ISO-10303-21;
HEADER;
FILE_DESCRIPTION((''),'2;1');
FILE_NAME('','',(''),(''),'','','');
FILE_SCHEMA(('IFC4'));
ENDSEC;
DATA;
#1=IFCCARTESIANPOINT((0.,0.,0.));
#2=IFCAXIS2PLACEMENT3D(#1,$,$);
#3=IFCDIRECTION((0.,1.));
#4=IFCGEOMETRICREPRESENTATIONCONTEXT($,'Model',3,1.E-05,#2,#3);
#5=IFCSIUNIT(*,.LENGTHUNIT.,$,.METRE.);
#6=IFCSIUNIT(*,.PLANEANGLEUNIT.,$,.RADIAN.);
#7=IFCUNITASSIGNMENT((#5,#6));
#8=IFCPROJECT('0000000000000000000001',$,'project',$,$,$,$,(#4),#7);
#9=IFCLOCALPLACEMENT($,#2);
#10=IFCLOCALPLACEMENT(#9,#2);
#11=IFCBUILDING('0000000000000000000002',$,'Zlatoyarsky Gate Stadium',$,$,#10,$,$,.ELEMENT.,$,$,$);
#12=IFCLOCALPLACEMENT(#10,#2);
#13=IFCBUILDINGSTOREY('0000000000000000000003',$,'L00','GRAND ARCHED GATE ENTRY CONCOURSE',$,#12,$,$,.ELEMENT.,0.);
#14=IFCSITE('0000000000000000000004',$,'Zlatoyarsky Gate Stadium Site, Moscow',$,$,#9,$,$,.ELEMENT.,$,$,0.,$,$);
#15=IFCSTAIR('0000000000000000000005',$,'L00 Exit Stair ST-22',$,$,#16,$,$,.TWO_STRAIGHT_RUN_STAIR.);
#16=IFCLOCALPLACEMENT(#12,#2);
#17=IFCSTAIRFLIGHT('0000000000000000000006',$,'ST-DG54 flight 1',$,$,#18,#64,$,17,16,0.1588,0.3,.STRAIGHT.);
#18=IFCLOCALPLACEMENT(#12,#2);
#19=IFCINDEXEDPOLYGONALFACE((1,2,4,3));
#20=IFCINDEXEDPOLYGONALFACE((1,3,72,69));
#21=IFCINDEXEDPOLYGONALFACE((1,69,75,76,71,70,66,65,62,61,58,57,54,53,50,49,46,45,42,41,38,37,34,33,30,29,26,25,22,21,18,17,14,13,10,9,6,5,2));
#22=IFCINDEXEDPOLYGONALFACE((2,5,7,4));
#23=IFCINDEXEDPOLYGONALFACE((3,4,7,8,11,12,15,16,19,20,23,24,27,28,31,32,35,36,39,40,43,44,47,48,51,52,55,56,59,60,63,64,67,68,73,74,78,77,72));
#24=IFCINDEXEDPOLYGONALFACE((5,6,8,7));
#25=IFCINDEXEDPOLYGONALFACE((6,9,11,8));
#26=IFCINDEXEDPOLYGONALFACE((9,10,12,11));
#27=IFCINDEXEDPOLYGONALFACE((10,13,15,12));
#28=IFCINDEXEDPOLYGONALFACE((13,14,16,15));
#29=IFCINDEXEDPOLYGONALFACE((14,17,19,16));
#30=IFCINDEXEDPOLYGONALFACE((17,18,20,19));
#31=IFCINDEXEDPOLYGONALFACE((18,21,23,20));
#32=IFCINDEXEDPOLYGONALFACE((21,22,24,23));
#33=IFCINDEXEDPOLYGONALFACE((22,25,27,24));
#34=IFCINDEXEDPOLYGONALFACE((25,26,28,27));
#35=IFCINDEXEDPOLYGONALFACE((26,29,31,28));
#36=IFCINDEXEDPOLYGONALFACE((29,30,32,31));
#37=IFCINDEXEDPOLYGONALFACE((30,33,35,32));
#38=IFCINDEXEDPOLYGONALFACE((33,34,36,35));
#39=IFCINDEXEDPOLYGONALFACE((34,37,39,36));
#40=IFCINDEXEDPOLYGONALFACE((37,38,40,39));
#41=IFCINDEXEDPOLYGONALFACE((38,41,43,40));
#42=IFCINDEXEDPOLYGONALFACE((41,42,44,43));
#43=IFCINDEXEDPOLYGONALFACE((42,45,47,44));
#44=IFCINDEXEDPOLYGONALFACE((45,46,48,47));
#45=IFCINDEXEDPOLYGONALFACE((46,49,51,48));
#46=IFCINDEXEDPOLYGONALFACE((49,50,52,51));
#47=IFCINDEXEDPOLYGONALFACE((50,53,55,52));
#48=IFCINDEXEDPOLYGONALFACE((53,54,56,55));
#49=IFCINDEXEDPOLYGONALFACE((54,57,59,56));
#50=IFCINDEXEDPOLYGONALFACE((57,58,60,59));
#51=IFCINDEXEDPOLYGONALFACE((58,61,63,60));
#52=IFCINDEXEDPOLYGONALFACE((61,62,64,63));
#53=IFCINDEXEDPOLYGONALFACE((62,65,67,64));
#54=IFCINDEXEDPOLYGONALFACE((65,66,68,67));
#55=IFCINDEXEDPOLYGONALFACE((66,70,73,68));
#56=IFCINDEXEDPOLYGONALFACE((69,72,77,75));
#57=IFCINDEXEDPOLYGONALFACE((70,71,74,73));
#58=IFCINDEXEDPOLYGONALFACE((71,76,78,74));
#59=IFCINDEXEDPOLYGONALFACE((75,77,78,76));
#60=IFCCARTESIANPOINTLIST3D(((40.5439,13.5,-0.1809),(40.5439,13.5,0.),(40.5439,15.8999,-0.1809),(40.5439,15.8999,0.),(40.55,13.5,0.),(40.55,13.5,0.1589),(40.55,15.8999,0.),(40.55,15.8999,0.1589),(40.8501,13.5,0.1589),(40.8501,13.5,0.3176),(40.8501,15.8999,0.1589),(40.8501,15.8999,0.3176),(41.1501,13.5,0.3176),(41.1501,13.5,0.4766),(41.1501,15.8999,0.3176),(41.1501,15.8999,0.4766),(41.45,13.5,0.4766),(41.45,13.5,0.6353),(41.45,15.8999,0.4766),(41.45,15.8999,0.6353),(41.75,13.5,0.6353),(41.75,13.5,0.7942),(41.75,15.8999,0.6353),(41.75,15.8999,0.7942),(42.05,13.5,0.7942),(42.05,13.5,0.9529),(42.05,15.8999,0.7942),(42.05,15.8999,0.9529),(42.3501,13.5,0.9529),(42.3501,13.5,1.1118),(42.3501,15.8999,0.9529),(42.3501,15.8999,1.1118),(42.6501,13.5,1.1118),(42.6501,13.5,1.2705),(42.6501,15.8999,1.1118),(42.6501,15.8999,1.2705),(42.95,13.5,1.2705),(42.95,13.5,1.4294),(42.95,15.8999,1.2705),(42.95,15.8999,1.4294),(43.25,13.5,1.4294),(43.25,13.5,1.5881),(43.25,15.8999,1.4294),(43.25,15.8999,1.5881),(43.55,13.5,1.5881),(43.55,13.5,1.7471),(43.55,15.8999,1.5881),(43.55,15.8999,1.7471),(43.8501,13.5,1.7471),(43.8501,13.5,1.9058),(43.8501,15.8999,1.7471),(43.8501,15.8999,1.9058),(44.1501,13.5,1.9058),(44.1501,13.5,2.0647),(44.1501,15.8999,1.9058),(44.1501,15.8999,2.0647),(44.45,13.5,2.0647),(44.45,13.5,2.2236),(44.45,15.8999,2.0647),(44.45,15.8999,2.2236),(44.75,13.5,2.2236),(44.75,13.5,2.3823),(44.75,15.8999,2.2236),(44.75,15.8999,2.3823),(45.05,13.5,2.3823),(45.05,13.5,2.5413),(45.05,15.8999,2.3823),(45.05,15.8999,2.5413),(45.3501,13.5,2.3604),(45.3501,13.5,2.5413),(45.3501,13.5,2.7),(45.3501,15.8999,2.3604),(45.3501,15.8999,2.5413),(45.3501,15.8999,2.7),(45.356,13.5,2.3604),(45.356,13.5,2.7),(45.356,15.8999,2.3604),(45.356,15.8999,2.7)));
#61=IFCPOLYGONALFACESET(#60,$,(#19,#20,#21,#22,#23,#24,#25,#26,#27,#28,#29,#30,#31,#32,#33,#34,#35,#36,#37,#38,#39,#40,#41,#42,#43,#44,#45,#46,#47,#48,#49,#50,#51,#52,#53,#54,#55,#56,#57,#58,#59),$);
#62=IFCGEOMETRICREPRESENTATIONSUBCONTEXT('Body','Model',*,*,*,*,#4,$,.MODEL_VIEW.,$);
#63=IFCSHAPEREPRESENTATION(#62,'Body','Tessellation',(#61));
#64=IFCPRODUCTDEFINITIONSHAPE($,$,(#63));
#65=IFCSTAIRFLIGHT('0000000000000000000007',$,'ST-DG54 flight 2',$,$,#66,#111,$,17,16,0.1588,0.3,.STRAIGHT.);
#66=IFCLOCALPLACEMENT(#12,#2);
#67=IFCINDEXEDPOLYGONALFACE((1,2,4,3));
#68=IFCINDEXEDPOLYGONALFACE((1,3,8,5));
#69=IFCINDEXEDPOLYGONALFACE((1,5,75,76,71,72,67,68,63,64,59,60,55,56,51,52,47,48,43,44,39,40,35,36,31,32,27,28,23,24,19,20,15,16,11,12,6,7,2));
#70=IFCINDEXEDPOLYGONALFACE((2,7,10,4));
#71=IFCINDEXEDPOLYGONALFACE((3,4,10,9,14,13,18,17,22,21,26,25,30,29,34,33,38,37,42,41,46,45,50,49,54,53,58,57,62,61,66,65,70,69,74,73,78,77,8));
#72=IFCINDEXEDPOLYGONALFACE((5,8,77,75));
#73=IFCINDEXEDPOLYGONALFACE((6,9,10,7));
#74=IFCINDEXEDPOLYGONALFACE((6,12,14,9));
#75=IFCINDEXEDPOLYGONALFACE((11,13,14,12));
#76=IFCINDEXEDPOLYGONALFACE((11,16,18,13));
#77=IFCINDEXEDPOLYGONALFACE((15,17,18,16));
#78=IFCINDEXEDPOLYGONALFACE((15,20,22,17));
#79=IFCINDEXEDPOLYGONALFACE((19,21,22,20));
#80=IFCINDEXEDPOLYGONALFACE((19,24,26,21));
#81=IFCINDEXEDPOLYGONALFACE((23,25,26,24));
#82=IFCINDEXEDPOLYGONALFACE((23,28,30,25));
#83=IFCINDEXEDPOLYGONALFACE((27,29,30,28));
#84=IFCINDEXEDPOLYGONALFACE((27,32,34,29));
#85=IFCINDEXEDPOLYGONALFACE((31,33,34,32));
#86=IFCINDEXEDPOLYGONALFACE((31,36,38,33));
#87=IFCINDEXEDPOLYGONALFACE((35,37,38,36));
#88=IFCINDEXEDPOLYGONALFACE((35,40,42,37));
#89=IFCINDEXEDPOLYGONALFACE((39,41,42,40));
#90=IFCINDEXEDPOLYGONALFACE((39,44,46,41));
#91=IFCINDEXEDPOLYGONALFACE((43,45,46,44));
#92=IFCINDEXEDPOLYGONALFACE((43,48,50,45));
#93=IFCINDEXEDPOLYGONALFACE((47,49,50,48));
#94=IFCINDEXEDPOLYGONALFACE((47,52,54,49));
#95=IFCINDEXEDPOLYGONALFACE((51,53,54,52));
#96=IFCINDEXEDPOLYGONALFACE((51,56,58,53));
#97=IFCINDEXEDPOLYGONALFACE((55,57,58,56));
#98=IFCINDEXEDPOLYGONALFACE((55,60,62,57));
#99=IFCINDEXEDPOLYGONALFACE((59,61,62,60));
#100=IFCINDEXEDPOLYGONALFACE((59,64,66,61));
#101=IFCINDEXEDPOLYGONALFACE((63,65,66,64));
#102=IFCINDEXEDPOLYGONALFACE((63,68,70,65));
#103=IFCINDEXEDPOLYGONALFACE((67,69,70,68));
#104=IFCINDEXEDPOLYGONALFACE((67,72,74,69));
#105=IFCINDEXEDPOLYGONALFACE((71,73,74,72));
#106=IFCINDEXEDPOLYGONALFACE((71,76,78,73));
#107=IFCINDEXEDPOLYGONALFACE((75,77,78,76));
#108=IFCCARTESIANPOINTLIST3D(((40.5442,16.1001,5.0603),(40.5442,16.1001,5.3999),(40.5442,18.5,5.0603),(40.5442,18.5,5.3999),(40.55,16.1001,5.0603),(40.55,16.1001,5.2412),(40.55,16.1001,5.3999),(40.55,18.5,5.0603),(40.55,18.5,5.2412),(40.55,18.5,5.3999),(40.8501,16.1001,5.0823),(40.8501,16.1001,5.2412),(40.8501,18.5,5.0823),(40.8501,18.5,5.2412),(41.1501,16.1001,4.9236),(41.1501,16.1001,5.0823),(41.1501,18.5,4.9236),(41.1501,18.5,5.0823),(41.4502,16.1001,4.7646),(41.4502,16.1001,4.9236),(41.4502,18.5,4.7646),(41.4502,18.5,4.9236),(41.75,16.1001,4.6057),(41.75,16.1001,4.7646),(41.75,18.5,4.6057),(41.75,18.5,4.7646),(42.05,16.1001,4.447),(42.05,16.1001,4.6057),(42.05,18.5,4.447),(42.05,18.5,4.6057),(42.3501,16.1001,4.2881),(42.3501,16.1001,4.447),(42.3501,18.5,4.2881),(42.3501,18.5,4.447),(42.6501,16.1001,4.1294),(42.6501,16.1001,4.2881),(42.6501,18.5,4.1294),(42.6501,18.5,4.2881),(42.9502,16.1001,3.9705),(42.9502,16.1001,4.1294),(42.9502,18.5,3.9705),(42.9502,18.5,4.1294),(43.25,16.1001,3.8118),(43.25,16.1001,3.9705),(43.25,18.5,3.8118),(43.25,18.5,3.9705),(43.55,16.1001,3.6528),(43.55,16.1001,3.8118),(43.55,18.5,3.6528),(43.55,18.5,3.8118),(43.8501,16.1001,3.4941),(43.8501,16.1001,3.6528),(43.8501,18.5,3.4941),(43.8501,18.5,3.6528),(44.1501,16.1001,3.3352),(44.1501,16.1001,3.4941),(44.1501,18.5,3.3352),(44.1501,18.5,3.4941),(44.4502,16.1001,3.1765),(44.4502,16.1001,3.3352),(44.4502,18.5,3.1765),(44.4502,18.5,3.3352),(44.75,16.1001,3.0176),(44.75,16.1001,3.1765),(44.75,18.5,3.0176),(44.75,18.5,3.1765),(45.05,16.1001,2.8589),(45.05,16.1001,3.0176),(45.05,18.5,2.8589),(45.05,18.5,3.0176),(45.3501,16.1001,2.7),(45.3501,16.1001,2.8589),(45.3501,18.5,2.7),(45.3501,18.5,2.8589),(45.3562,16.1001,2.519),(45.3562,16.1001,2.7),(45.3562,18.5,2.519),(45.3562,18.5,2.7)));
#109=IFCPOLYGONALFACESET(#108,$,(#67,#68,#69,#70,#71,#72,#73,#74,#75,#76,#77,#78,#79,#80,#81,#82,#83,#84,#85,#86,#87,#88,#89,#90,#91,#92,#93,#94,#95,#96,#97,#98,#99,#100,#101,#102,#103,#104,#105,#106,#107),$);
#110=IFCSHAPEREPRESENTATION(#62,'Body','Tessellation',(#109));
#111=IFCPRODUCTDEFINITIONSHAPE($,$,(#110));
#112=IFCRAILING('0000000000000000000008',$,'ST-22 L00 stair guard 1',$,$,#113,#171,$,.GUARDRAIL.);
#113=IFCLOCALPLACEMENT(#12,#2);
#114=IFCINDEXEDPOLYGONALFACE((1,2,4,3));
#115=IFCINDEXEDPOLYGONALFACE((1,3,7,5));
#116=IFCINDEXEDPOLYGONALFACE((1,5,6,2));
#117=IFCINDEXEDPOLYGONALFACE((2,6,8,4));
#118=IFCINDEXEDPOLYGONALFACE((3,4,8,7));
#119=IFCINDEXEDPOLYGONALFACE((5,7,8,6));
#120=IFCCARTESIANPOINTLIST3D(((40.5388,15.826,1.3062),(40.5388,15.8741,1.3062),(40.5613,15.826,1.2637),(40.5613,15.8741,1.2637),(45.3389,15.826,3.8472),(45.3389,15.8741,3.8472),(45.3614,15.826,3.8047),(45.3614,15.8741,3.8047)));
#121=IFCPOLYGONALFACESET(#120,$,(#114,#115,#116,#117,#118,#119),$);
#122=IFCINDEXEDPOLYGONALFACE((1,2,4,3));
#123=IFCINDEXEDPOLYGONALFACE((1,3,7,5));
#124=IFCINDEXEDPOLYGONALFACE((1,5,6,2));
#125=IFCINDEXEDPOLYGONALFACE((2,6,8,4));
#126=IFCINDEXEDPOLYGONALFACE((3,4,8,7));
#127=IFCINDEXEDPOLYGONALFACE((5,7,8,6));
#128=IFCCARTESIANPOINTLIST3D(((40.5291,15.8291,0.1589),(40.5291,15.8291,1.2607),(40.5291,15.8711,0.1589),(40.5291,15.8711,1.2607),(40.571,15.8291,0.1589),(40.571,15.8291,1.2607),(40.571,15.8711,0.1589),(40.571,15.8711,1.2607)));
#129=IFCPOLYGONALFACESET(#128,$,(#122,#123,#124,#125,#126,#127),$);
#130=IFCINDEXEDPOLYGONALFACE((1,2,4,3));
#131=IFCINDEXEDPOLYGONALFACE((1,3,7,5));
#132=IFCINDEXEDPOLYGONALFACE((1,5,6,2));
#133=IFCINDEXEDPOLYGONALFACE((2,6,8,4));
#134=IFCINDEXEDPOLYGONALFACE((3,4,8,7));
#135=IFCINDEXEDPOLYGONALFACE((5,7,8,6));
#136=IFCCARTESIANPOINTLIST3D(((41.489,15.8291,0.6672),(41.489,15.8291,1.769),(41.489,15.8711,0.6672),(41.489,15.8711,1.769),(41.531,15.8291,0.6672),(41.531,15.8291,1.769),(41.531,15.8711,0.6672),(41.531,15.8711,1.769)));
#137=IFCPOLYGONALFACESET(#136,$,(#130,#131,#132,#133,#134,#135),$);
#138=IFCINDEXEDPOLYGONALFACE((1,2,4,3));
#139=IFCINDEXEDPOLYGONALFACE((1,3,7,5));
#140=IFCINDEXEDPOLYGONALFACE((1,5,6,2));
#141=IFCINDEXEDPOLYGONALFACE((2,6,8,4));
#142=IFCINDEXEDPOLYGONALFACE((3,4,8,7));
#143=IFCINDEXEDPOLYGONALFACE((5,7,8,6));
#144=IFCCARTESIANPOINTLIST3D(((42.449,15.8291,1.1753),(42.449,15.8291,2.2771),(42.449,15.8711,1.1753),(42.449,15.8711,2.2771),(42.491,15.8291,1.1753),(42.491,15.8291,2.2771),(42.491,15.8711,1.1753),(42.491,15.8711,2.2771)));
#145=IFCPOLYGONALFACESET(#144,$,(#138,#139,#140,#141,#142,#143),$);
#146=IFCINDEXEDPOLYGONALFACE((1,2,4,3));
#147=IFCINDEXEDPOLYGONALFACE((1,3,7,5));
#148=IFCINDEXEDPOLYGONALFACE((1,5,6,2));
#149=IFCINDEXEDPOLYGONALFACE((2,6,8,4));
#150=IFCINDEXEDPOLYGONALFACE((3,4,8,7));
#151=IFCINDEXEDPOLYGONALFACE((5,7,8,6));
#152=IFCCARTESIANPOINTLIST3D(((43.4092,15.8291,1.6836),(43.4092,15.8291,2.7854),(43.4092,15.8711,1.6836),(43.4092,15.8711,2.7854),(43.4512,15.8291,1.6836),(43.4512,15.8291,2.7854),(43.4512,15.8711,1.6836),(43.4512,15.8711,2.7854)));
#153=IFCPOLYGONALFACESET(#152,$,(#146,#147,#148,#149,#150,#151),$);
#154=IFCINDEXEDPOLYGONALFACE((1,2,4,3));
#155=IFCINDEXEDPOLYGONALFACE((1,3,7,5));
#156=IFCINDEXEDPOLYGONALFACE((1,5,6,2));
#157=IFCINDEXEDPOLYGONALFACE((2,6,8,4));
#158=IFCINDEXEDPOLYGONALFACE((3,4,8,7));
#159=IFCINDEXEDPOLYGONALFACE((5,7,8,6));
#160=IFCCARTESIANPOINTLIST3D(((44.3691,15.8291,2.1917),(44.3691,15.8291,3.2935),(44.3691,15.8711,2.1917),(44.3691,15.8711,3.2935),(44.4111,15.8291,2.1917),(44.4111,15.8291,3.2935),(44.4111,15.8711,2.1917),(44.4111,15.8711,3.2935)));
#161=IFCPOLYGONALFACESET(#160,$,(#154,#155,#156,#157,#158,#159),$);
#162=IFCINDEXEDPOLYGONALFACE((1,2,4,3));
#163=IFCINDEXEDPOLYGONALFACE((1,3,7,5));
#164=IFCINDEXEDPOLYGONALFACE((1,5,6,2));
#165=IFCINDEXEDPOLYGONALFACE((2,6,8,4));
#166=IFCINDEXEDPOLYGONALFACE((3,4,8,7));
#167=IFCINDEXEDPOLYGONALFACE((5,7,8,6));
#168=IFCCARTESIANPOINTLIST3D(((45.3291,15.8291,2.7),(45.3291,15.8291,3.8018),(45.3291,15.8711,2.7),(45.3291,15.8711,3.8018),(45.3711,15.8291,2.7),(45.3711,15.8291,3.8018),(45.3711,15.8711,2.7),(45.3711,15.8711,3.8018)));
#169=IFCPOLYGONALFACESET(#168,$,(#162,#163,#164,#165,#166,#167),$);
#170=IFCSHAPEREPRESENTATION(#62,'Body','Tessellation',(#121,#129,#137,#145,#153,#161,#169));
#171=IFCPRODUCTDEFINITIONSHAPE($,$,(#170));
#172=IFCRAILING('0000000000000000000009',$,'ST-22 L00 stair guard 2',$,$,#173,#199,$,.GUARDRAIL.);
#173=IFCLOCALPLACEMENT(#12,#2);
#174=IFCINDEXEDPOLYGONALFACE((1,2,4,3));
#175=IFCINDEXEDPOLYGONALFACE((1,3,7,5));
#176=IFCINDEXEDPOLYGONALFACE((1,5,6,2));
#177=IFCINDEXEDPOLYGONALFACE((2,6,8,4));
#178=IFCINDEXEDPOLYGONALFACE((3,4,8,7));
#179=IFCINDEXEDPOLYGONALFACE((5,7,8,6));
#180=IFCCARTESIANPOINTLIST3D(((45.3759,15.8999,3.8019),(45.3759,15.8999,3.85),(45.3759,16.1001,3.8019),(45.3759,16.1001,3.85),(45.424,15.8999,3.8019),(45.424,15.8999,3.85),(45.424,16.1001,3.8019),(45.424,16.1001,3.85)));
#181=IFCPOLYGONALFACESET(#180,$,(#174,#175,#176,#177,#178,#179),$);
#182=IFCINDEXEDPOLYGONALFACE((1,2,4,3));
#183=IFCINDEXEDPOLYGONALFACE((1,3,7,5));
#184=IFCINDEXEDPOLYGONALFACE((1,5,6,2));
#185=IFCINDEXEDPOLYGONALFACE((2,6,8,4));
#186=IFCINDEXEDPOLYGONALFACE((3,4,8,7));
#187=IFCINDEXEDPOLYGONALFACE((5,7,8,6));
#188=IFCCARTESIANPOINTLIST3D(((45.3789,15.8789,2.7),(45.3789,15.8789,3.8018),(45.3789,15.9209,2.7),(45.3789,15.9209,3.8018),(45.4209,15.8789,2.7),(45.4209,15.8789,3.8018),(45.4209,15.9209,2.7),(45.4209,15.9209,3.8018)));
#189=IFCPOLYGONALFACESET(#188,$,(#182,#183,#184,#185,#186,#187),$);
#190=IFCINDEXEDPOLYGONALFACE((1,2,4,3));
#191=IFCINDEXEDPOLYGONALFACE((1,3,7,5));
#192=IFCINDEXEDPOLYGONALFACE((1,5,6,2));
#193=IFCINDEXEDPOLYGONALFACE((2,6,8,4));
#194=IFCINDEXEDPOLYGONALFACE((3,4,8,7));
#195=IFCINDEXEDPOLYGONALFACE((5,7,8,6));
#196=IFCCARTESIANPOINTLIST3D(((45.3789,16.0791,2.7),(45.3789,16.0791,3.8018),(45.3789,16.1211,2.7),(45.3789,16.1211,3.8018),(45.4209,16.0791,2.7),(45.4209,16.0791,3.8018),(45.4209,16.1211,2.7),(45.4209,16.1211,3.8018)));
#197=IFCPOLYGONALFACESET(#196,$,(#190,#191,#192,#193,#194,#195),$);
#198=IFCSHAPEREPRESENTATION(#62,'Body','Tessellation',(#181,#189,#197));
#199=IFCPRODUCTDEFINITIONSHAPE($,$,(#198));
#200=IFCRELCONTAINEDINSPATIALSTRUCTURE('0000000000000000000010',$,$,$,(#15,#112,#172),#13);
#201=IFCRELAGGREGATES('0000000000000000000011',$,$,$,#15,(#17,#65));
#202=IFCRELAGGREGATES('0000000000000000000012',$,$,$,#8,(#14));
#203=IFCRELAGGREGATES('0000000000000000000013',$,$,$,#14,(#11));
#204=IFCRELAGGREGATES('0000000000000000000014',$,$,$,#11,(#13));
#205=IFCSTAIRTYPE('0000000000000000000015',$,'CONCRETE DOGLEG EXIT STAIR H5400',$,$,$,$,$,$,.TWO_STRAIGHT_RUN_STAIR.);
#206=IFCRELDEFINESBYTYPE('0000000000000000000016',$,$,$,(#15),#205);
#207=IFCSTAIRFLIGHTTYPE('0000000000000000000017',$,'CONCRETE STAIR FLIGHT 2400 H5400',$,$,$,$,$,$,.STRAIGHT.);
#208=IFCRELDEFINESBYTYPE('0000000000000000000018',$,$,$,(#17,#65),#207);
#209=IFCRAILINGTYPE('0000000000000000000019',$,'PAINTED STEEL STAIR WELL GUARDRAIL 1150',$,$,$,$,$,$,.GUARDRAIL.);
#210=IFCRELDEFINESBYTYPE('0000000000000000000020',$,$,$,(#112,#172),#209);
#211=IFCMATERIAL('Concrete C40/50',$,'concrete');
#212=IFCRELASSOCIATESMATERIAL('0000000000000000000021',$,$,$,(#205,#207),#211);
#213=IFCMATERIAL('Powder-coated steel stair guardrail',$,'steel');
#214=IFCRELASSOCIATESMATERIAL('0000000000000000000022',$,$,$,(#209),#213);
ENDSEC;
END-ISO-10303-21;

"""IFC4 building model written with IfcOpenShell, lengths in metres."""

from ifc_helpers import new_model, si_unit, direction, frame, origin, origin_2d, place, context, subcontext, project, spatial, polyline, rectangle, outline, extrude, material, type_object, element, aggregate, save


model = new_model("IFC4")

# Units and contexts
model_context = context("Model", 3, precision=1e-05, world=origin(), true_north=direction((0.0, 1.0)))
body_context = subcontext(model_context, "Body", "Model", "MODEL_VIEW")
ifc_project = project(units=[si_unit("LENGTHUNIT", "METRE"), si_unit("PLANEANGLEUNIT", "RADIAN")], contexts=[model_context])

# Site, building, storey
site_placement = place(None, origin())
site = spatial("IfcSite", under=ifc_project, at=site_placement, Name="Zlatoyarsky Gate Stadium Site, Moscow", CompositionType="ELEMENT", RefElevation=0.0)
building_placement = place(site_placement, origin())
building = spatial("IfcBuilding", under=site, at=building_placement, Name="Zlatoyarsky Gate Stadium", CompositionType="ELEMENT")
storey_placement = place(building_placement, origin())
storey = spatial("IfcBuildingStorey", under=building, at=storey_placement, Name="L00", Description="GRAND ARCHED GATE ENTRY CONCOURSE", CompositionType="ELEMENT", Elevation=0.0)

# Shared definitions
ifc_material_1 = material(Name="Concrete C40/50", Category="concrete")

# Stair, stair flights
stair_type = type_object("IfcStairType", Name="CONCRETE DOGLEG EXIT STAIR H5400", PredefinedType="TWO_STRAIGHT_RUN_STAIR", material=ifc_material_1)
stair_placement = place(storey_placement, origin())
stair = element("IfcStair", 1, at=stair_placement, inside=storey, type_object=stair_type, Name="L00 Exit Stair ST-22", PredefinedType="TWO_STRAIGHT_RUN_STAIR")
stair_flight_type = type_object("IfcStairFlightType", Name="CONCRETE STAIR FLIGHT 2400 H5400", PredefinedType="STRAIGHT", material=ifc_material_1)
stair_flight_1_placement = place(storey_placement, frame((40.55, 14.7, 0.0), z_axis=(0.0, 0.0, 1.0), x_axis=(1.0, 0.0, 0.0)))
stair_flight_1 = element("IfcStairFlight", 2, at=stair_flight_1_placement, type_object=stair_flight_type, Name="ST-DG54 flight 1", NumberOfRisers=17, NumberOfTreads=16, PredefinedType="STRAIGHT", RiserHeight=0.1588, TreadLength=0.3, context=body_context, shape_type="SweptSolid", body=[
    extrude(outline(polyline([(-0.0061, -0.1809), (-0.0061, 0.0), (0.0, 0.0), (0.0, 0.1589), (0.3, 0.1589), (0.3, 0.3176), (0.6001, 0.3176), (0.6001, 0.4766), (0.8999, 0.4766), (0.8999, 0.6353), (1.2, 0.6353), (1.2, 0.7942), (1.5, 0.7942), (1.5, 0.9529), (1.8, 0.9529), (1.8, 1.1118), (2.1001, 1.1118), (2.1001, 1.2705), (2.3999, 1.2705), (2.3999, 1.4294), (2.7, 1.4294), (2.7, 1.5881), (3.0, 1.5881), (3.0, 1.7471), (3.3, 1.7471), (3.3, 1.9058), (3.6001, 1.9058), (3.6001, 2.0647), (3.8999, 2.0647), (3.8999, 2.2236), (4.2, 2.2236), (4.2, 2.3823), (4.5, 2.3823), (4.5, 2.5413), (4.8, 2.5413), (4.8, 2.7), (4.8059, 2.7), (4.8059, 2.3604), (4.8, 2.3604), (-0.0061, -0.1809)])), frame((0.0, 1.2, 0.0), z_axis=(0.0, -1.0, 0.0), x_axis=(1.0, 0.0, 0.0)), (0.0, 0.0, 1.0), 2.3999),
])
stair_flight_2_placement = place(storey_placement, frame((45.3501, 17.3, 2.7), z_axis=(0.0, 0.0, 1.0), x_axis=(-1.0, 0.0, 0.0)))
stair_flight_2 = element("IfcStairFlight", 3, at=stair_flight_2_placement, type_object=stair_flight_type, Name="ST-DG54 flight 2", NumberOfRisers=17, NumberOfTreads=16, PredefinedType="STRAIGHT", RiserHeight=0.1588, TreadLength=0.3, context=body_context, shape_type="SweptSolid", body=[
    extrude(outline(polyline([(-0.0061, -0.1809), (-0.0061, 0.0), (0.0, 0.0), (0.0, 0.1589), (0.3, 0.1589), (0.3, 0.3176), (0.6001, 0.3176), (0.6001, 0.4766), (0.8999, 0.4766), (0.8999, 0.6353), (1.2, 0.6353), (1.2, 0.7942), (1.5, 0.7942), (1.5, 0.9529), (1.8, 0.9529), (1.8, 1.1118), (2.1001, 1.1118), (2.1001, 1.2705), (2.3999, 1.2705), (2.3999, 1.4294), (2.7, 1.4294), (2.7, 1.5881), (3.0, 1.5881), (3.0, 1.7471), (3.3, 1.7471), (3.3, 1.9058), (3.6001, 1.9058), (3.6001, 2.0647), (3.8999, 2.0647), (3.8999, 2.2236), (4.2, 2.2236), (4.2, 2.3823), (4.5, 2.3823), (4.5, 2.5413), (4.8, 2.5413), (4.8, 2.7), (4.8059, 2.7), (4.8059, 2.3604), (4.8, 2.3604), (-0.0061, -0.1809)])), frame((0.0, 1.2, 0.0), z_axis=(0.0, -1.0, 0.0), x_axis=(1.0, 0.0, 0.0)), (0.0, 0.0, 1.0), 2.3999),
])
aggregate(stair, [stair_flight_1, stair_flight_2])

# Railings
ifc_material_2 = material(Name="Powder-coated steel stair guardrail", Category="steel")
railing_type_1 = type_object("IfcRailingType", Name="PAINTED STEEL STAIR WELL GUARDRAIL 1150", PredefinedType="GUARDRAIL", material=ifc_material_2)
railing_1_placement = place(storey_placement, frame((40.55, 15.8501, 0.1589)))
element("IfcRailing", 4, at=railing_1_placement, inside=storey, type_object=railing_type_1, Name="ST-22 L00 stair guard 1", PredefinedType="GUARDRAIL", context=body_context, shape_type="SweptSolid", body=[
    extrude(rectangle(XDim=0.0481, YDim=0.0481, at=origin_2d()), frame((0.0, 0.0, 1.126), z_axis=(0.883802, 0.0, 0.467861), x_axis=(0.0, 1.0, 0.0)), (0.0, 0.0, 1.0), 5.4312),
    extrude(rectangle(XDim=0.042, YDim=0.042, at=origin_2d()), origin(), (0.0, 0.0, 1.0), 1.1018),
    extrude(rectangle(XDim=0.042, YDim=0.042, at=origin_2d()), frame((0.96, 0.0, 0.5083)), (0.0, 0.0, 1.0), 1.1018),
    extrude(rectangle(XDim=0.042, YDim=0.042, at=origin_2d()), frame((1.9199, 0.0, 1.0164)), (0.0, 0.0, 1.0), 1.1018),
    extrude(rectangle(XDim=0.042, YDim=0.042, at=origin_2d()), frame((2.8801, 0.0, 1.5247)), (0.0, 0.0, 1.0), 1.1018),
    extrude(rectangle(XDim=0.042, YDim=0.042, at=origin_2d()), frame((3.8401, 0.0, 2.0327)), (0.0, 0.0, 1.0), 1.1018),
    extrude(rectangle(XDim=0.042, YDim=0.042, at=origin_2d()), frame((4.8, 0.0, 2.541)), (0.0, 0.0, 1.0), 1.1018),
])
railing_2_placement = place(storey_placement, frame((45.3999, 15.8999, 2.7)))
element("IfcRailing", 5, at=railing_2_placement, inside=storey, type_object=railing_type_1, Name="ST-22 L00 stair guard 2", PredefinedType="GUARDRAIL", context=body_context, shape_type="SweptSolid", body=[
    extrude(rectangle(XDim=0.0481, YDim=0.0481, at=origin_2d()), frame((0.0, 0.0, 1.126), z_axis=(0.0, 1.0, 0.0), x_axis=(-1.0, 0.0, 0.0)), (0.0, 0.0, 1.0), 0.2002),
    extrude(rectangle(XDim=0.042, YDim=0.042, at=origin_2d()), origin(), (0.0, 0.0, 1.0), 1.1018),
    extrude(rectangle(XDim=0.042, YDim=0.042, at=origin_2d()), frame((0.0, 0.2002, 0.0)), (0.0, 0.0, 1.0), 1.1018),
])

save(model, "model.ifc")
